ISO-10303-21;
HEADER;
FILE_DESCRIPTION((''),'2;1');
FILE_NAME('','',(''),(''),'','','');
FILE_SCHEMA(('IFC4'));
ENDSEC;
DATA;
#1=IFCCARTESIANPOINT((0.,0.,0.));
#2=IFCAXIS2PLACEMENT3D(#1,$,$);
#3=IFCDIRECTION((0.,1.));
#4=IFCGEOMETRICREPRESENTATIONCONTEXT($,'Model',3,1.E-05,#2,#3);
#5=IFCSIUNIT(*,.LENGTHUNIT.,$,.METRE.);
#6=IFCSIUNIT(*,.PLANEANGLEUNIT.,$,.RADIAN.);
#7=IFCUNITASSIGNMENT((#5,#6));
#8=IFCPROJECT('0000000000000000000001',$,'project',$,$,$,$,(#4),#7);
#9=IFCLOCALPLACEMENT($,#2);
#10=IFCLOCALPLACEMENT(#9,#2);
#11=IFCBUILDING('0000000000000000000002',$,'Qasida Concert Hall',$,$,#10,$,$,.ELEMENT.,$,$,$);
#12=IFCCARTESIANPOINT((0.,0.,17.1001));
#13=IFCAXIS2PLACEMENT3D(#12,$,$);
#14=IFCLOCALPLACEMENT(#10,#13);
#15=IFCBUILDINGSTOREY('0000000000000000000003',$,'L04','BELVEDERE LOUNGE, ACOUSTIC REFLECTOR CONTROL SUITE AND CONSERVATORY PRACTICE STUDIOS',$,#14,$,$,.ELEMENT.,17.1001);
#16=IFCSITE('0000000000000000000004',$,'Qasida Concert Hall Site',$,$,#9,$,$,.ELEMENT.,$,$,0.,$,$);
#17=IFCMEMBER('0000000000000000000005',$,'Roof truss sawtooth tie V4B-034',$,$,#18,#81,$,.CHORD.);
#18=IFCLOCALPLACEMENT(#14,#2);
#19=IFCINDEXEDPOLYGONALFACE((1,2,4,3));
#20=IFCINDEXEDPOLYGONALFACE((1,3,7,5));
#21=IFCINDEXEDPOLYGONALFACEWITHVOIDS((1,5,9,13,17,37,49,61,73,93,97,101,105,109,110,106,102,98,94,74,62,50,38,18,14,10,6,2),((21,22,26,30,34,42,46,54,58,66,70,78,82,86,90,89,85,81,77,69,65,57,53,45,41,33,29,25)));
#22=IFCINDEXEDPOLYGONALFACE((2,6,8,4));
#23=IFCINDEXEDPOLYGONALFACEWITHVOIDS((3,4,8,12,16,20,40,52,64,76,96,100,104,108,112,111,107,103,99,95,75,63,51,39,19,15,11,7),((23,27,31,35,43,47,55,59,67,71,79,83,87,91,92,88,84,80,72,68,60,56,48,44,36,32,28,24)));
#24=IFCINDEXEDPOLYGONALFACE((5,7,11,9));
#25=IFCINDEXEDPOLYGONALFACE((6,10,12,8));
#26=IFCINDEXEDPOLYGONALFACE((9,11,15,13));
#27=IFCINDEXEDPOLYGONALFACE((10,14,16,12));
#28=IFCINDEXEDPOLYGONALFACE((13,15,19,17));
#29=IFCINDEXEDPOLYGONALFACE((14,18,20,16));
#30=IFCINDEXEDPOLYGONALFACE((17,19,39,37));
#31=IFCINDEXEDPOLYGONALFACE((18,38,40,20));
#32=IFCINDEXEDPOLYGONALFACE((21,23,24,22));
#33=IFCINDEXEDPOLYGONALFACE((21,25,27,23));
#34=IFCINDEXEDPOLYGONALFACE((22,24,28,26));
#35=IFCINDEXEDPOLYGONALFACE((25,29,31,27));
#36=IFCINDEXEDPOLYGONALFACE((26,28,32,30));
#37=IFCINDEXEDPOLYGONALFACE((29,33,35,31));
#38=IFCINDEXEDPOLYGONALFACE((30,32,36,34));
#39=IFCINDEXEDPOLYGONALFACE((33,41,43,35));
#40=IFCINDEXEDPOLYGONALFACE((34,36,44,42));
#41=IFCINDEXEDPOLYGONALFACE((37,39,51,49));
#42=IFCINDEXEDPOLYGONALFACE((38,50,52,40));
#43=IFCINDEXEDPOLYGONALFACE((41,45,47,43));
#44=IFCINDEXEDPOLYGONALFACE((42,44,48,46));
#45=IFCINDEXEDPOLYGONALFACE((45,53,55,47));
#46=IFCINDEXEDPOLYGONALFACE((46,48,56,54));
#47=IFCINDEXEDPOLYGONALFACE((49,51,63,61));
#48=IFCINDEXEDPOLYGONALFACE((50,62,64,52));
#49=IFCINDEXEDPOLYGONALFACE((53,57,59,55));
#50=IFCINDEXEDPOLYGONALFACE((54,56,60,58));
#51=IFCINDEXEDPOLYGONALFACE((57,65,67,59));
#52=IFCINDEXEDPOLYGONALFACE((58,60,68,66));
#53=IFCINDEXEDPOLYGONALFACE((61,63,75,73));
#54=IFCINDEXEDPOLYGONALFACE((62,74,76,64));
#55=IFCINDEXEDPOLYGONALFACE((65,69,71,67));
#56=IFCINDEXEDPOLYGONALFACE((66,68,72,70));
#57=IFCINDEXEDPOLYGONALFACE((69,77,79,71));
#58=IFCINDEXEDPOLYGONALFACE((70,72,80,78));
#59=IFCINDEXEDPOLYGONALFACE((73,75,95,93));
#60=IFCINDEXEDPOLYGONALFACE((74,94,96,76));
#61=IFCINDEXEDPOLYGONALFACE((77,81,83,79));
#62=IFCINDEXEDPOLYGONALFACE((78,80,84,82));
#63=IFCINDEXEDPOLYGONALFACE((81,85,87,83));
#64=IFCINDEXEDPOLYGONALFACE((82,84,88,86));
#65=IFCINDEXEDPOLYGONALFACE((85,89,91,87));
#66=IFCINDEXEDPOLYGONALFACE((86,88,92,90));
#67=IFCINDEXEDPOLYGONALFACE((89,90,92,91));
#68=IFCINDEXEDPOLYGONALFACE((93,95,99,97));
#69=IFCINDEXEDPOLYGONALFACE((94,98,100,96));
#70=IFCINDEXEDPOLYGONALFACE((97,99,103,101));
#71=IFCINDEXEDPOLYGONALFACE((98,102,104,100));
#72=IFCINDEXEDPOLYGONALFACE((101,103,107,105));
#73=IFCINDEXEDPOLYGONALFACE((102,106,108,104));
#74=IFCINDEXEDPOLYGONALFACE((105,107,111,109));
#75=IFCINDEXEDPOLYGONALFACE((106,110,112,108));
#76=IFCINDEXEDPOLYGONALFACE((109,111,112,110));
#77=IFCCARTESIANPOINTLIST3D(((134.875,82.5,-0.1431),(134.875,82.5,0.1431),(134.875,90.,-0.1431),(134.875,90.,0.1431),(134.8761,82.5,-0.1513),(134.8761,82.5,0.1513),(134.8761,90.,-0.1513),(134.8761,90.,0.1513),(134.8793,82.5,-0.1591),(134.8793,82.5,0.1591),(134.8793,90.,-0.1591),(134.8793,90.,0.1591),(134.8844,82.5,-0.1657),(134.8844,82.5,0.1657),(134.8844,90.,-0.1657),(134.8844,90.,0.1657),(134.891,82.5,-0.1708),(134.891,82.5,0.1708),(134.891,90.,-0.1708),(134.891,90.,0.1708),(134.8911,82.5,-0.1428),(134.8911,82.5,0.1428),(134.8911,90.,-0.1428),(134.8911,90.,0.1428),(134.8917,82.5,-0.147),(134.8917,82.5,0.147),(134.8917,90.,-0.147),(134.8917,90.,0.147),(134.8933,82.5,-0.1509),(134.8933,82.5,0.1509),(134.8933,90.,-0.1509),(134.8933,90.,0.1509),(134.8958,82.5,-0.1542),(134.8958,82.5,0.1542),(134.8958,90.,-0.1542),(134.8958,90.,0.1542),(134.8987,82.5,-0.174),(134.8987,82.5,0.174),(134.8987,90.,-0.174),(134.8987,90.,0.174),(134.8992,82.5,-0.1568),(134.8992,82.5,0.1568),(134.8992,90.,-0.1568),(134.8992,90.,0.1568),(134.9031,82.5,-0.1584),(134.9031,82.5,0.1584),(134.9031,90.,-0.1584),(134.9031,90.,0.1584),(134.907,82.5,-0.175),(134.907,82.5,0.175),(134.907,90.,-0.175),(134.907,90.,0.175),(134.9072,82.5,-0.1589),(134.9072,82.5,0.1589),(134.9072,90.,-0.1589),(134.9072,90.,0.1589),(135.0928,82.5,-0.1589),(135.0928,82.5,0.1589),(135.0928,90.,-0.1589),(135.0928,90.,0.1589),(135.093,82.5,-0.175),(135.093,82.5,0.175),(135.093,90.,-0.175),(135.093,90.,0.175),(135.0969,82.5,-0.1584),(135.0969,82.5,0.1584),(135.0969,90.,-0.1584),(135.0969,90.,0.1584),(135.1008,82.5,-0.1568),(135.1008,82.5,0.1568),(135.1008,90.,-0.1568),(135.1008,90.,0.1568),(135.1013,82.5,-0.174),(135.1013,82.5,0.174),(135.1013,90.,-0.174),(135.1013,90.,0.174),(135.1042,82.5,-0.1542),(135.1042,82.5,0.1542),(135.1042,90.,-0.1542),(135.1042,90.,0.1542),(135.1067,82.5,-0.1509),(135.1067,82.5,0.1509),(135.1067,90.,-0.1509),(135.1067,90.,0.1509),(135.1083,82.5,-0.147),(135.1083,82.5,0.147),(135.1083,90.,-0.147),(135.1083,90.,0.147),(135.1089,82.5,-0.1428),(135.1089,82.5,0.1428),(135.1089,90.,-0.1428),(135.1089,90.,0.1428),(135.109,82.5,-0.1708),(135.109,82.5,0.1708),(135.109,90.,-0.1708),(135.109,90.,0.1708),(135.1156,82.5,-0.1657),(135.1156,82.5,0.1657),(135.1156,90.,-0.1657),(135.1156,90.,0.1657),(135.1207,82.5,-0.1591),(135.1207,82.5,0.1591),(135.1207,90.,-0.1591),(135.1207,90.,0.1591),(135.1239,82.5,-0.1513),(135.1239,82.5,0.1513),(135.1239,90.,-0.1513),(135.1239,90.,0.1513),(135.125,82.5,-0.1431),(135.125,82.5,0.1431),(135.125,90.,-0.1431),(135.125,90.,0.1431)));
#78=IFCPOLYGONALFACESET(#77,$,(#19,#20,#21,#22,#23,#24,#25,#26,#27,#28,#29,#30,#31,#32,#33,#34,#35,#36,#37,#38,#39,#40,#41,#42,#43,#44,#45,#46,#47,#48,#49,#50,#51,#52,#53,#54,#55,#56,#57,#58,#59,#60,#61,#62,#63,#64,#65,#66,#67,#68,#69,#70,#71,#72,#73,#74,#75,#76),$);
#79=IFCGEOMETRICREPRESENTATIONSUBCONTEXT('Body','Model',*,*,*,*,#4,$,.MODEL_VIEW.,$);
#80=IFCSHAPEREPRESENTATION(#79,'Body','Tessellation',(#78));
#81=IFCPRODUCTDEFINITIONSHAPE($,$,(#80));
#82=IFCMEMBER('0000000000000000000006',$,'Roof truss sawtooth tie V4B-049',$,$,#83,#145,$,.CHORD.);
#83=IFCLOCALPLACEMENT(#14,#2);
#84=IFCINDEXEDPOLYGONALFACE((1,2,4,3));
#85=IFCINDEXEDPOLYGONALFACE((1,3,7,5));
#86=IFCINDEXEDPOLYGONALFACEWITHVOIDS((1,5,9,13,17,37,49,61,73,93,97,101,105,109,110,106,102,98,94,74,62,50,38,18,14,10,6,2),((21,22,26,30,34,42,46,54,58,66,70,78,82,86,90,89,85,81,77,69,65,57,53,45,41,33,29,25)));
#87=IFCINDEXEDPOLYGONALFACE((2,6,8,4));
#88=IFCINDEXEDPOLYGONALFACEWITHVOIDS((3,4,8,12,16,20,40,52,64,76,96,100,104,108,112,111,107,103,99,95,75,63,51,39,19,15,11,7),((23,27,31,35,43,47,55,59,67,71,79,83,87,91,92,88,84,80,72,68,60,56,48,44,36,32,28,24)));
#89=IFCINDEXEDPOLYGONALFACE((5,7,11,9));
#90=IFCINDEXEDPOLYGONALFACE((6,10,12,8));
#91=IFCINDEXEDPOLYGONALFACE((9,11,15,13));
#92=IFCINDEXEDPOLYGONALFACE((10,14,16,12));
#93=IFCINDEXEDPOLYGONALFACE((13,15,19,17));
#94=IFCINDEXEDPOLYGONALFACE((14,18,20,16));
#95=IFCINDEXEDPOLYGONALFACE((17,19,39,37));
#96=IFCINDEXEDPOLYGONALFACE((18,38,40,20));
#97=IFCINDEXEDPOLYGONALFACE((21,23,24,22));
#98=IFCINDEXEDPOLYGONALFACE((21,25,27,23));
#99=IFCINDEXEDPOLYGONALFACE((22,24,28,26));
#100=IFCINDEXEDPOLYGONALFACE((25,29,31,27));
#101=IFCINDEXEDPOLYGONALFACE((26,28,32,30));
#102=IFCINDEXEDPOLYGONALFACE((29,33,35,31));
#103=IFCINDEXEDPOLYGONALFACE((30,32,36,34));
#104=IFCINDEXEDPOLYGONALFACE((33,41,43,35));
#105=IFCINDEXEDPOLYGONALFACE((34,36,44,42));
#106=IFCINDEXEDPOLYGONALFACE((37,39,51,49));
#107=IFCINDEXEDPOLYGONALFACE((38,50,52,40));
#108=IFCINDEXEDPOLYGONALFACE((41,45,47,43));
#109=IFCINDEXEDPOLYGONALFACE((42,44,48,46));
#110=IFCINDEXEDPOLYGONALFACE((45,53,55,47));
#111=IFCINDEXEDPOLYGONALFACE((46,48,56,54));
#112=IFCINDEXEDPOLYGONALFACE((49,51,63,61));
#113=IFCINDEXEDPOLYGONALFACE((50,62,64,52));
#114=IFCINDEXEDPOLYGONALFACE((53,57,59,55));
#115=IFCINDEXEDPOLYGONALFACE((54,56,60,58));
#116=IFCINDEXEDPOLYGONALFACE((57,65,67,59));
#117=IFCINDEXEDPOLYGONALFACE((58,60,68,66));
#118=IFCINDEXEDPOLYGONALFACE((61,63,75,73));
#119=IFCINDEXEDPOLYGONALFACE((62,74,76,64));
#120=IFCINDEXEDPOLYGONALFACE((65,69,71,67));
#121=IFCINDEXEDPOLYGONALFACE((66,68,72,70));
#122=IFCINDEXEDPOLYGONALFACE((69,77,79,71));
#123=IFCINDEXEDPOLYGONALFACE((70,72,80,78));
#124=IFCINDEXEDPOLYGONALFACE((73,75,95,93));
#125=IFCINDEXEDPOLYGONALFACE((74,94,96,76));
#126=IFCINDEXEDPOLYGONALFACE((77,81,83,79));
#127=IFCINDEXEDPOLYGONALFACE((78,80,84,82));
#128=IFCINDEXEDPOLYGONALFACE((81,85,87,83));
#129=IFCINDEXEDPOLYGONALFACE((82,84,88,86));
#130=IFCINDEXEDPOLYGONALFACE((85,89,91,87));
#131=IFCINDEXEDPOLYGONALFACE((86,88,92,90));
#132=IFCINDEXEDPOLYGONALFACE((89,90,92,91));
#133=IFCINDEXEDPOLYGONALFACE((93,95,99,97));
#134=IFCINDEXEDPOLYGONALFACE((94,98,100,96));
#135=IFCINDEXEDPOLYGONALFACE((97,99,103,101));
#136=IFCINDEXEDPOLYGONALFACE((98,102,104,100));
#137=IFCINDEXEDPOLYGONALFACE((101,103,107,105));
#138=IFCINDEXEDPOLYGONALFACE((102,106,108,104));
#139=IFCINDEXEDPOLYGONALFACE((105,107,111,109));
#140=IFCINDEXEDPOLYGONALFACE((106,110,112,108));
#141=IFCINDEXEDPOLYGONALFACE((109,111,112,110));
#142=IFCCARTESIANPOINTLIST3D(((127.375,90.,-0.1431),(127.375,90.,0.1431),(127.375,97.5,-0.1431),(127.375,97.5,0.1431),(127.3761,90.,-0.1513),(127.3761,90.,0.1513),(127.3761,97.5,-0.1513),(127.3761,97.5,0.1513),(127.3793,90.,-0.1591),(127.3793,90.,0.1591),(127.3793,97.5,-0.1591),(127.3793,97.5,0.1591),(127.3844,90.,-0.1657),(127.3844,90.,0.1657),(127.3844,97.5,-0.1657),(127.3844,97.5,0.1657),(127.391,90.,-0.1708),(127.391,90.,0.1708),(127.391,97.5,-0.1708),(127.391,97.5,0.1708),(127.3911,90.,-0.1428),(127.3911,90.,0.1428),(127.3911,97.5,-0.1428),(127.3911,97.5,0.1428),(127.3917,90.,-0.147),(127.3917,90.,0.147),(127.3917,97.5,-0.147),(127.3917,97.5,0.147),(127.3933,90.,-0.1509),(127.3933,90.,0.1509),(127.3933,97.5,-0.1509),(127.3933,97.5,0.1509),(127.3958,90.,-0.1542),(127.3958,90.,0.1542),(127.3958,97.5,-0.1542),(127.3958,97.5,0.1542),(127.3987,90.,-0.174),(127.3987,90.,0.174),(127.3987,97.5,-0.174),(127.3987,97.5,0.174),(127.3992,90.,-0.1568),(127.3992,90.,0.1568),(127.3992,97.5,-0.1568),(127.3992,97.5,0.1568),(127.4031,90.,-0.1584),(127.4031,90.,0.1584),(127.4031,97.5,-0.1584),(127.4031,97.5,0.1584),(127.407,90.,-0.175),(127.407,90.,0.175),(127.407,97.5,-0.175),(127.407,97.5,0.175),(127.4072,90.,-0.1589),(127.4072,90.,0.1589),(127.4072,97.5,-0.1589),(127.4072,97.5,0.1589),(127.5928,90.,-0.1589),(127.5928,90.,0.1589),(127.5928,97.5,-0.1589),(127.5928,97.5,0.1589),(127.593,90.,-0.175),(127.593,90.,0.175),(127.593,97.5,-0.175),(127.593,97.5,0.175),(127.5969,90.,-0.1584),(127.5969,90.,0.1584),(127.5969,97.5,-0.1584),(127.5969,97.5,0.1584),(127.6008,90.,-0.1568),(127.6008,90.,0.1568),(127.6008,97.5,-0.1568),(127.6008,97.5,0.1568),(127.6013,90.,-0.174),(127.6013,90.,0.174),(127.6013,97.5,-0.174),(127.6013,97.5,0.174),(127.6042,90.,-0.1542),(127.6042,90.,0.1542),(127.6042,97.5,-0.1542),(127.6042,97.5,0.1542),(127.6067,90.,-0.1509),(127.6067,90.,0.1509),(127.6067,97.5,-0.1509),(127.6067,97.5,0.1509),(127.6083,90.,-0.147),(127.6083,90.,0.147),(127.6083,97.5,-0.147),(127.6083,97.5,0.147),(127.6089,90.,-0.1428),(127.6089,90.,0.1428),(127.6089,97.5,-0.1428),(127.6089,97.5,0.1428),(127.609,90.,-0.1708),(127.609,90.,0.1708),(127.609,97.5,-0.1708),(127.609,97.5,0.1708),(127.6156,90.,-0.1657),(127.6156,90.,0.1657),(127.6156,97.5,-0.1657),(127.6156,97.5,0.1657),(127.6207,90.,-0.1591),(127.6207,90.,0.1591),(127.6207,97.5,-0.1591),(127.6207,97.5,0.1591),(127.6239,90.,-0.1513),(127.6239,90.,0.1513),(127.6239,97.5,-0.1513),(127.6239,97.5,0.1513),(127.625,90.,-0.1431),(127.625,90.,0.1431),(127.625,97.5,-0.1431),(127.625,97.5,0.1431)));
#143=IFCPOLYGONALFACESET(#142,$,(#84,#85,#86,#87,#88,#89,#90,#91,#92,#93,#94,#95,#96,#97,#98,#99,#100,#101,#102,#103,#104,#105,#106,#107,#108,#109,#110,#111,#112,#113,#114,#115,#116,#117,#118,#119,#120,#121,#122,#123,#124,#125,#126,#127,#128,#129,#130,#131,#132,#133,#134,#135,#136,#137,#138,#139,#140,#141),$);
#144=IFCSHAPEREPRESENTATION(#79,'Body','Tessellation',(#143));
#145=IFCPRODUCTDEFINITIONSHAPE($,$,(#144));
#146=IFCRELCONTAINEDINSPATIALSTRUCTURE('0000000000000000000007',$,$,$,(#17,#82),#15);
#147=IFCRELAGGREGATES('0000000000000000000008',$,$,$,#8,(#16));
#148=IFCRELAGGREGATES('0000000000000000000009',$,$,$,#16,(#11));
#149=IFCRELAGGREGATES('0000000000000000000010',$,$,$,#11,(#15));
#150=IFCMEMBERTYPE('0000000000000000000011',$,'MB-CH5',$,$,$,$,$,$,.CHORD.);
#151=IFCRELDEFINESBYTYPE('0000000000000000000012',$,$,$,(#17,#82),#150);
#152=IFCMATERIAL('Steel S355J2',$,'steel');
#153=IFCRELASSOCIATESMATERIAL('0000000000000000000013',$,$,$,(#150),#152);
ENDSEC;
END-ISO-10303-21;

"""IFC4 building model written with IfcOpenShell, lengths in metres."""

from ifc_helpers import new_model, si_unit, direction, frame, origin, origin_2d, place, context, subcontext, project, spatial, hollow_rectangle, extrude, material, material_profile, profile_set, type_object, element, save


model = new_model("IFC4")

# Units and contexts
model_context = context("Model", 3, precision=1e-05, world=origin(), true_north=direction((0.0, 1.0)))
body_context = subcontext(model_context, "Body", "Model", "MODEL_VIEW")
ifc_project = project(units=[si_unit("LENGTHUNIT", "METRE"), si_unit("PLANEANGLEUNIT", "RADIAN")], contexts=[model_context])

# Site, building, storey
site_placement = place(None, origin())
site = spatial("IfcSite", under=ifc_project, at=site_placement, Name="Qasida Concert Hall Site", CompositionType="ELEMENT", RefElevation=0.0)
building_placement = place(site_placement, origin())
building = spatial("IfcBuilding", under=site, at=building_placement, Name="Qasida Concert Hall", CompositionType="ELEMENT")
storey_placement = place(building_placement, frame((0.0, 0.0, 17.1001)))
storey = spatial("IfcBuildingStorey", under=building, at=storey_placement, Name="L04", Description="BELVEDERE LOUNGE, ACOUSTIC REFLECTOR CONTROL SUITE AND CONSERVATORY PRACTICE STUDIOS", CompositionType="ELEMENT", Elevation=17.1001)

# Shared definitions
ifc_material_1 = material(Name="Steel S355J2", Category="steel")

# Members
ifc_material_profile_1 = material_profile(ifc_material_1, hollow_rectangle(XDim=0.25, YDim=0.3501, WallThickness=0.0161, InnerFilletRadius=0.0161, OuterFilletRadius=0.032, at=origin_2d()), Name="RHS 350x250x16")
ifc_profile_set_1 = profile_set([ifc_material_profile_1], Name="Steel S355J2")
member_type_1 = type_object("IfcMemberType", Name="MB-CH5", PredefinedType="CHORD", material=ifc_profile_set_1)
for number, where, z_axis, x_axis, name in (
    (1, (135.0, 82.5, 0.0), (0.0, 1.0, 0.0), (-1.0, 0.0, 0.0), "Roof truss sawtooth tie V4B-034"),
    (2, (127.5, 90.0, 0.0), (0.0, 1.0, 0.0), (-1.0, 0.0, 0.0), "Roof truss sawtooth tie V4B-049"),
):
    element("IfcMember", number, at=place(storey_placement, frame(where, z_axis=z_axis, x_axis=x_axis)), inside=storey, type_object=member_type_1, Name=name, PredefinedType="CHORD", context=body_context, shape_type="SweptSolid", body=[
        extrude(hollow_rectangle(XDim=0.25, YDim=0.3501, WallThickness=0.0161, InnerFilletRadius=0.0161, OuterFilletRadius=0.032, at=origin_2d()), origin(), (0.0, 0.0, 1.0), 7.5),
    ])

save(model, "model.ifc")
